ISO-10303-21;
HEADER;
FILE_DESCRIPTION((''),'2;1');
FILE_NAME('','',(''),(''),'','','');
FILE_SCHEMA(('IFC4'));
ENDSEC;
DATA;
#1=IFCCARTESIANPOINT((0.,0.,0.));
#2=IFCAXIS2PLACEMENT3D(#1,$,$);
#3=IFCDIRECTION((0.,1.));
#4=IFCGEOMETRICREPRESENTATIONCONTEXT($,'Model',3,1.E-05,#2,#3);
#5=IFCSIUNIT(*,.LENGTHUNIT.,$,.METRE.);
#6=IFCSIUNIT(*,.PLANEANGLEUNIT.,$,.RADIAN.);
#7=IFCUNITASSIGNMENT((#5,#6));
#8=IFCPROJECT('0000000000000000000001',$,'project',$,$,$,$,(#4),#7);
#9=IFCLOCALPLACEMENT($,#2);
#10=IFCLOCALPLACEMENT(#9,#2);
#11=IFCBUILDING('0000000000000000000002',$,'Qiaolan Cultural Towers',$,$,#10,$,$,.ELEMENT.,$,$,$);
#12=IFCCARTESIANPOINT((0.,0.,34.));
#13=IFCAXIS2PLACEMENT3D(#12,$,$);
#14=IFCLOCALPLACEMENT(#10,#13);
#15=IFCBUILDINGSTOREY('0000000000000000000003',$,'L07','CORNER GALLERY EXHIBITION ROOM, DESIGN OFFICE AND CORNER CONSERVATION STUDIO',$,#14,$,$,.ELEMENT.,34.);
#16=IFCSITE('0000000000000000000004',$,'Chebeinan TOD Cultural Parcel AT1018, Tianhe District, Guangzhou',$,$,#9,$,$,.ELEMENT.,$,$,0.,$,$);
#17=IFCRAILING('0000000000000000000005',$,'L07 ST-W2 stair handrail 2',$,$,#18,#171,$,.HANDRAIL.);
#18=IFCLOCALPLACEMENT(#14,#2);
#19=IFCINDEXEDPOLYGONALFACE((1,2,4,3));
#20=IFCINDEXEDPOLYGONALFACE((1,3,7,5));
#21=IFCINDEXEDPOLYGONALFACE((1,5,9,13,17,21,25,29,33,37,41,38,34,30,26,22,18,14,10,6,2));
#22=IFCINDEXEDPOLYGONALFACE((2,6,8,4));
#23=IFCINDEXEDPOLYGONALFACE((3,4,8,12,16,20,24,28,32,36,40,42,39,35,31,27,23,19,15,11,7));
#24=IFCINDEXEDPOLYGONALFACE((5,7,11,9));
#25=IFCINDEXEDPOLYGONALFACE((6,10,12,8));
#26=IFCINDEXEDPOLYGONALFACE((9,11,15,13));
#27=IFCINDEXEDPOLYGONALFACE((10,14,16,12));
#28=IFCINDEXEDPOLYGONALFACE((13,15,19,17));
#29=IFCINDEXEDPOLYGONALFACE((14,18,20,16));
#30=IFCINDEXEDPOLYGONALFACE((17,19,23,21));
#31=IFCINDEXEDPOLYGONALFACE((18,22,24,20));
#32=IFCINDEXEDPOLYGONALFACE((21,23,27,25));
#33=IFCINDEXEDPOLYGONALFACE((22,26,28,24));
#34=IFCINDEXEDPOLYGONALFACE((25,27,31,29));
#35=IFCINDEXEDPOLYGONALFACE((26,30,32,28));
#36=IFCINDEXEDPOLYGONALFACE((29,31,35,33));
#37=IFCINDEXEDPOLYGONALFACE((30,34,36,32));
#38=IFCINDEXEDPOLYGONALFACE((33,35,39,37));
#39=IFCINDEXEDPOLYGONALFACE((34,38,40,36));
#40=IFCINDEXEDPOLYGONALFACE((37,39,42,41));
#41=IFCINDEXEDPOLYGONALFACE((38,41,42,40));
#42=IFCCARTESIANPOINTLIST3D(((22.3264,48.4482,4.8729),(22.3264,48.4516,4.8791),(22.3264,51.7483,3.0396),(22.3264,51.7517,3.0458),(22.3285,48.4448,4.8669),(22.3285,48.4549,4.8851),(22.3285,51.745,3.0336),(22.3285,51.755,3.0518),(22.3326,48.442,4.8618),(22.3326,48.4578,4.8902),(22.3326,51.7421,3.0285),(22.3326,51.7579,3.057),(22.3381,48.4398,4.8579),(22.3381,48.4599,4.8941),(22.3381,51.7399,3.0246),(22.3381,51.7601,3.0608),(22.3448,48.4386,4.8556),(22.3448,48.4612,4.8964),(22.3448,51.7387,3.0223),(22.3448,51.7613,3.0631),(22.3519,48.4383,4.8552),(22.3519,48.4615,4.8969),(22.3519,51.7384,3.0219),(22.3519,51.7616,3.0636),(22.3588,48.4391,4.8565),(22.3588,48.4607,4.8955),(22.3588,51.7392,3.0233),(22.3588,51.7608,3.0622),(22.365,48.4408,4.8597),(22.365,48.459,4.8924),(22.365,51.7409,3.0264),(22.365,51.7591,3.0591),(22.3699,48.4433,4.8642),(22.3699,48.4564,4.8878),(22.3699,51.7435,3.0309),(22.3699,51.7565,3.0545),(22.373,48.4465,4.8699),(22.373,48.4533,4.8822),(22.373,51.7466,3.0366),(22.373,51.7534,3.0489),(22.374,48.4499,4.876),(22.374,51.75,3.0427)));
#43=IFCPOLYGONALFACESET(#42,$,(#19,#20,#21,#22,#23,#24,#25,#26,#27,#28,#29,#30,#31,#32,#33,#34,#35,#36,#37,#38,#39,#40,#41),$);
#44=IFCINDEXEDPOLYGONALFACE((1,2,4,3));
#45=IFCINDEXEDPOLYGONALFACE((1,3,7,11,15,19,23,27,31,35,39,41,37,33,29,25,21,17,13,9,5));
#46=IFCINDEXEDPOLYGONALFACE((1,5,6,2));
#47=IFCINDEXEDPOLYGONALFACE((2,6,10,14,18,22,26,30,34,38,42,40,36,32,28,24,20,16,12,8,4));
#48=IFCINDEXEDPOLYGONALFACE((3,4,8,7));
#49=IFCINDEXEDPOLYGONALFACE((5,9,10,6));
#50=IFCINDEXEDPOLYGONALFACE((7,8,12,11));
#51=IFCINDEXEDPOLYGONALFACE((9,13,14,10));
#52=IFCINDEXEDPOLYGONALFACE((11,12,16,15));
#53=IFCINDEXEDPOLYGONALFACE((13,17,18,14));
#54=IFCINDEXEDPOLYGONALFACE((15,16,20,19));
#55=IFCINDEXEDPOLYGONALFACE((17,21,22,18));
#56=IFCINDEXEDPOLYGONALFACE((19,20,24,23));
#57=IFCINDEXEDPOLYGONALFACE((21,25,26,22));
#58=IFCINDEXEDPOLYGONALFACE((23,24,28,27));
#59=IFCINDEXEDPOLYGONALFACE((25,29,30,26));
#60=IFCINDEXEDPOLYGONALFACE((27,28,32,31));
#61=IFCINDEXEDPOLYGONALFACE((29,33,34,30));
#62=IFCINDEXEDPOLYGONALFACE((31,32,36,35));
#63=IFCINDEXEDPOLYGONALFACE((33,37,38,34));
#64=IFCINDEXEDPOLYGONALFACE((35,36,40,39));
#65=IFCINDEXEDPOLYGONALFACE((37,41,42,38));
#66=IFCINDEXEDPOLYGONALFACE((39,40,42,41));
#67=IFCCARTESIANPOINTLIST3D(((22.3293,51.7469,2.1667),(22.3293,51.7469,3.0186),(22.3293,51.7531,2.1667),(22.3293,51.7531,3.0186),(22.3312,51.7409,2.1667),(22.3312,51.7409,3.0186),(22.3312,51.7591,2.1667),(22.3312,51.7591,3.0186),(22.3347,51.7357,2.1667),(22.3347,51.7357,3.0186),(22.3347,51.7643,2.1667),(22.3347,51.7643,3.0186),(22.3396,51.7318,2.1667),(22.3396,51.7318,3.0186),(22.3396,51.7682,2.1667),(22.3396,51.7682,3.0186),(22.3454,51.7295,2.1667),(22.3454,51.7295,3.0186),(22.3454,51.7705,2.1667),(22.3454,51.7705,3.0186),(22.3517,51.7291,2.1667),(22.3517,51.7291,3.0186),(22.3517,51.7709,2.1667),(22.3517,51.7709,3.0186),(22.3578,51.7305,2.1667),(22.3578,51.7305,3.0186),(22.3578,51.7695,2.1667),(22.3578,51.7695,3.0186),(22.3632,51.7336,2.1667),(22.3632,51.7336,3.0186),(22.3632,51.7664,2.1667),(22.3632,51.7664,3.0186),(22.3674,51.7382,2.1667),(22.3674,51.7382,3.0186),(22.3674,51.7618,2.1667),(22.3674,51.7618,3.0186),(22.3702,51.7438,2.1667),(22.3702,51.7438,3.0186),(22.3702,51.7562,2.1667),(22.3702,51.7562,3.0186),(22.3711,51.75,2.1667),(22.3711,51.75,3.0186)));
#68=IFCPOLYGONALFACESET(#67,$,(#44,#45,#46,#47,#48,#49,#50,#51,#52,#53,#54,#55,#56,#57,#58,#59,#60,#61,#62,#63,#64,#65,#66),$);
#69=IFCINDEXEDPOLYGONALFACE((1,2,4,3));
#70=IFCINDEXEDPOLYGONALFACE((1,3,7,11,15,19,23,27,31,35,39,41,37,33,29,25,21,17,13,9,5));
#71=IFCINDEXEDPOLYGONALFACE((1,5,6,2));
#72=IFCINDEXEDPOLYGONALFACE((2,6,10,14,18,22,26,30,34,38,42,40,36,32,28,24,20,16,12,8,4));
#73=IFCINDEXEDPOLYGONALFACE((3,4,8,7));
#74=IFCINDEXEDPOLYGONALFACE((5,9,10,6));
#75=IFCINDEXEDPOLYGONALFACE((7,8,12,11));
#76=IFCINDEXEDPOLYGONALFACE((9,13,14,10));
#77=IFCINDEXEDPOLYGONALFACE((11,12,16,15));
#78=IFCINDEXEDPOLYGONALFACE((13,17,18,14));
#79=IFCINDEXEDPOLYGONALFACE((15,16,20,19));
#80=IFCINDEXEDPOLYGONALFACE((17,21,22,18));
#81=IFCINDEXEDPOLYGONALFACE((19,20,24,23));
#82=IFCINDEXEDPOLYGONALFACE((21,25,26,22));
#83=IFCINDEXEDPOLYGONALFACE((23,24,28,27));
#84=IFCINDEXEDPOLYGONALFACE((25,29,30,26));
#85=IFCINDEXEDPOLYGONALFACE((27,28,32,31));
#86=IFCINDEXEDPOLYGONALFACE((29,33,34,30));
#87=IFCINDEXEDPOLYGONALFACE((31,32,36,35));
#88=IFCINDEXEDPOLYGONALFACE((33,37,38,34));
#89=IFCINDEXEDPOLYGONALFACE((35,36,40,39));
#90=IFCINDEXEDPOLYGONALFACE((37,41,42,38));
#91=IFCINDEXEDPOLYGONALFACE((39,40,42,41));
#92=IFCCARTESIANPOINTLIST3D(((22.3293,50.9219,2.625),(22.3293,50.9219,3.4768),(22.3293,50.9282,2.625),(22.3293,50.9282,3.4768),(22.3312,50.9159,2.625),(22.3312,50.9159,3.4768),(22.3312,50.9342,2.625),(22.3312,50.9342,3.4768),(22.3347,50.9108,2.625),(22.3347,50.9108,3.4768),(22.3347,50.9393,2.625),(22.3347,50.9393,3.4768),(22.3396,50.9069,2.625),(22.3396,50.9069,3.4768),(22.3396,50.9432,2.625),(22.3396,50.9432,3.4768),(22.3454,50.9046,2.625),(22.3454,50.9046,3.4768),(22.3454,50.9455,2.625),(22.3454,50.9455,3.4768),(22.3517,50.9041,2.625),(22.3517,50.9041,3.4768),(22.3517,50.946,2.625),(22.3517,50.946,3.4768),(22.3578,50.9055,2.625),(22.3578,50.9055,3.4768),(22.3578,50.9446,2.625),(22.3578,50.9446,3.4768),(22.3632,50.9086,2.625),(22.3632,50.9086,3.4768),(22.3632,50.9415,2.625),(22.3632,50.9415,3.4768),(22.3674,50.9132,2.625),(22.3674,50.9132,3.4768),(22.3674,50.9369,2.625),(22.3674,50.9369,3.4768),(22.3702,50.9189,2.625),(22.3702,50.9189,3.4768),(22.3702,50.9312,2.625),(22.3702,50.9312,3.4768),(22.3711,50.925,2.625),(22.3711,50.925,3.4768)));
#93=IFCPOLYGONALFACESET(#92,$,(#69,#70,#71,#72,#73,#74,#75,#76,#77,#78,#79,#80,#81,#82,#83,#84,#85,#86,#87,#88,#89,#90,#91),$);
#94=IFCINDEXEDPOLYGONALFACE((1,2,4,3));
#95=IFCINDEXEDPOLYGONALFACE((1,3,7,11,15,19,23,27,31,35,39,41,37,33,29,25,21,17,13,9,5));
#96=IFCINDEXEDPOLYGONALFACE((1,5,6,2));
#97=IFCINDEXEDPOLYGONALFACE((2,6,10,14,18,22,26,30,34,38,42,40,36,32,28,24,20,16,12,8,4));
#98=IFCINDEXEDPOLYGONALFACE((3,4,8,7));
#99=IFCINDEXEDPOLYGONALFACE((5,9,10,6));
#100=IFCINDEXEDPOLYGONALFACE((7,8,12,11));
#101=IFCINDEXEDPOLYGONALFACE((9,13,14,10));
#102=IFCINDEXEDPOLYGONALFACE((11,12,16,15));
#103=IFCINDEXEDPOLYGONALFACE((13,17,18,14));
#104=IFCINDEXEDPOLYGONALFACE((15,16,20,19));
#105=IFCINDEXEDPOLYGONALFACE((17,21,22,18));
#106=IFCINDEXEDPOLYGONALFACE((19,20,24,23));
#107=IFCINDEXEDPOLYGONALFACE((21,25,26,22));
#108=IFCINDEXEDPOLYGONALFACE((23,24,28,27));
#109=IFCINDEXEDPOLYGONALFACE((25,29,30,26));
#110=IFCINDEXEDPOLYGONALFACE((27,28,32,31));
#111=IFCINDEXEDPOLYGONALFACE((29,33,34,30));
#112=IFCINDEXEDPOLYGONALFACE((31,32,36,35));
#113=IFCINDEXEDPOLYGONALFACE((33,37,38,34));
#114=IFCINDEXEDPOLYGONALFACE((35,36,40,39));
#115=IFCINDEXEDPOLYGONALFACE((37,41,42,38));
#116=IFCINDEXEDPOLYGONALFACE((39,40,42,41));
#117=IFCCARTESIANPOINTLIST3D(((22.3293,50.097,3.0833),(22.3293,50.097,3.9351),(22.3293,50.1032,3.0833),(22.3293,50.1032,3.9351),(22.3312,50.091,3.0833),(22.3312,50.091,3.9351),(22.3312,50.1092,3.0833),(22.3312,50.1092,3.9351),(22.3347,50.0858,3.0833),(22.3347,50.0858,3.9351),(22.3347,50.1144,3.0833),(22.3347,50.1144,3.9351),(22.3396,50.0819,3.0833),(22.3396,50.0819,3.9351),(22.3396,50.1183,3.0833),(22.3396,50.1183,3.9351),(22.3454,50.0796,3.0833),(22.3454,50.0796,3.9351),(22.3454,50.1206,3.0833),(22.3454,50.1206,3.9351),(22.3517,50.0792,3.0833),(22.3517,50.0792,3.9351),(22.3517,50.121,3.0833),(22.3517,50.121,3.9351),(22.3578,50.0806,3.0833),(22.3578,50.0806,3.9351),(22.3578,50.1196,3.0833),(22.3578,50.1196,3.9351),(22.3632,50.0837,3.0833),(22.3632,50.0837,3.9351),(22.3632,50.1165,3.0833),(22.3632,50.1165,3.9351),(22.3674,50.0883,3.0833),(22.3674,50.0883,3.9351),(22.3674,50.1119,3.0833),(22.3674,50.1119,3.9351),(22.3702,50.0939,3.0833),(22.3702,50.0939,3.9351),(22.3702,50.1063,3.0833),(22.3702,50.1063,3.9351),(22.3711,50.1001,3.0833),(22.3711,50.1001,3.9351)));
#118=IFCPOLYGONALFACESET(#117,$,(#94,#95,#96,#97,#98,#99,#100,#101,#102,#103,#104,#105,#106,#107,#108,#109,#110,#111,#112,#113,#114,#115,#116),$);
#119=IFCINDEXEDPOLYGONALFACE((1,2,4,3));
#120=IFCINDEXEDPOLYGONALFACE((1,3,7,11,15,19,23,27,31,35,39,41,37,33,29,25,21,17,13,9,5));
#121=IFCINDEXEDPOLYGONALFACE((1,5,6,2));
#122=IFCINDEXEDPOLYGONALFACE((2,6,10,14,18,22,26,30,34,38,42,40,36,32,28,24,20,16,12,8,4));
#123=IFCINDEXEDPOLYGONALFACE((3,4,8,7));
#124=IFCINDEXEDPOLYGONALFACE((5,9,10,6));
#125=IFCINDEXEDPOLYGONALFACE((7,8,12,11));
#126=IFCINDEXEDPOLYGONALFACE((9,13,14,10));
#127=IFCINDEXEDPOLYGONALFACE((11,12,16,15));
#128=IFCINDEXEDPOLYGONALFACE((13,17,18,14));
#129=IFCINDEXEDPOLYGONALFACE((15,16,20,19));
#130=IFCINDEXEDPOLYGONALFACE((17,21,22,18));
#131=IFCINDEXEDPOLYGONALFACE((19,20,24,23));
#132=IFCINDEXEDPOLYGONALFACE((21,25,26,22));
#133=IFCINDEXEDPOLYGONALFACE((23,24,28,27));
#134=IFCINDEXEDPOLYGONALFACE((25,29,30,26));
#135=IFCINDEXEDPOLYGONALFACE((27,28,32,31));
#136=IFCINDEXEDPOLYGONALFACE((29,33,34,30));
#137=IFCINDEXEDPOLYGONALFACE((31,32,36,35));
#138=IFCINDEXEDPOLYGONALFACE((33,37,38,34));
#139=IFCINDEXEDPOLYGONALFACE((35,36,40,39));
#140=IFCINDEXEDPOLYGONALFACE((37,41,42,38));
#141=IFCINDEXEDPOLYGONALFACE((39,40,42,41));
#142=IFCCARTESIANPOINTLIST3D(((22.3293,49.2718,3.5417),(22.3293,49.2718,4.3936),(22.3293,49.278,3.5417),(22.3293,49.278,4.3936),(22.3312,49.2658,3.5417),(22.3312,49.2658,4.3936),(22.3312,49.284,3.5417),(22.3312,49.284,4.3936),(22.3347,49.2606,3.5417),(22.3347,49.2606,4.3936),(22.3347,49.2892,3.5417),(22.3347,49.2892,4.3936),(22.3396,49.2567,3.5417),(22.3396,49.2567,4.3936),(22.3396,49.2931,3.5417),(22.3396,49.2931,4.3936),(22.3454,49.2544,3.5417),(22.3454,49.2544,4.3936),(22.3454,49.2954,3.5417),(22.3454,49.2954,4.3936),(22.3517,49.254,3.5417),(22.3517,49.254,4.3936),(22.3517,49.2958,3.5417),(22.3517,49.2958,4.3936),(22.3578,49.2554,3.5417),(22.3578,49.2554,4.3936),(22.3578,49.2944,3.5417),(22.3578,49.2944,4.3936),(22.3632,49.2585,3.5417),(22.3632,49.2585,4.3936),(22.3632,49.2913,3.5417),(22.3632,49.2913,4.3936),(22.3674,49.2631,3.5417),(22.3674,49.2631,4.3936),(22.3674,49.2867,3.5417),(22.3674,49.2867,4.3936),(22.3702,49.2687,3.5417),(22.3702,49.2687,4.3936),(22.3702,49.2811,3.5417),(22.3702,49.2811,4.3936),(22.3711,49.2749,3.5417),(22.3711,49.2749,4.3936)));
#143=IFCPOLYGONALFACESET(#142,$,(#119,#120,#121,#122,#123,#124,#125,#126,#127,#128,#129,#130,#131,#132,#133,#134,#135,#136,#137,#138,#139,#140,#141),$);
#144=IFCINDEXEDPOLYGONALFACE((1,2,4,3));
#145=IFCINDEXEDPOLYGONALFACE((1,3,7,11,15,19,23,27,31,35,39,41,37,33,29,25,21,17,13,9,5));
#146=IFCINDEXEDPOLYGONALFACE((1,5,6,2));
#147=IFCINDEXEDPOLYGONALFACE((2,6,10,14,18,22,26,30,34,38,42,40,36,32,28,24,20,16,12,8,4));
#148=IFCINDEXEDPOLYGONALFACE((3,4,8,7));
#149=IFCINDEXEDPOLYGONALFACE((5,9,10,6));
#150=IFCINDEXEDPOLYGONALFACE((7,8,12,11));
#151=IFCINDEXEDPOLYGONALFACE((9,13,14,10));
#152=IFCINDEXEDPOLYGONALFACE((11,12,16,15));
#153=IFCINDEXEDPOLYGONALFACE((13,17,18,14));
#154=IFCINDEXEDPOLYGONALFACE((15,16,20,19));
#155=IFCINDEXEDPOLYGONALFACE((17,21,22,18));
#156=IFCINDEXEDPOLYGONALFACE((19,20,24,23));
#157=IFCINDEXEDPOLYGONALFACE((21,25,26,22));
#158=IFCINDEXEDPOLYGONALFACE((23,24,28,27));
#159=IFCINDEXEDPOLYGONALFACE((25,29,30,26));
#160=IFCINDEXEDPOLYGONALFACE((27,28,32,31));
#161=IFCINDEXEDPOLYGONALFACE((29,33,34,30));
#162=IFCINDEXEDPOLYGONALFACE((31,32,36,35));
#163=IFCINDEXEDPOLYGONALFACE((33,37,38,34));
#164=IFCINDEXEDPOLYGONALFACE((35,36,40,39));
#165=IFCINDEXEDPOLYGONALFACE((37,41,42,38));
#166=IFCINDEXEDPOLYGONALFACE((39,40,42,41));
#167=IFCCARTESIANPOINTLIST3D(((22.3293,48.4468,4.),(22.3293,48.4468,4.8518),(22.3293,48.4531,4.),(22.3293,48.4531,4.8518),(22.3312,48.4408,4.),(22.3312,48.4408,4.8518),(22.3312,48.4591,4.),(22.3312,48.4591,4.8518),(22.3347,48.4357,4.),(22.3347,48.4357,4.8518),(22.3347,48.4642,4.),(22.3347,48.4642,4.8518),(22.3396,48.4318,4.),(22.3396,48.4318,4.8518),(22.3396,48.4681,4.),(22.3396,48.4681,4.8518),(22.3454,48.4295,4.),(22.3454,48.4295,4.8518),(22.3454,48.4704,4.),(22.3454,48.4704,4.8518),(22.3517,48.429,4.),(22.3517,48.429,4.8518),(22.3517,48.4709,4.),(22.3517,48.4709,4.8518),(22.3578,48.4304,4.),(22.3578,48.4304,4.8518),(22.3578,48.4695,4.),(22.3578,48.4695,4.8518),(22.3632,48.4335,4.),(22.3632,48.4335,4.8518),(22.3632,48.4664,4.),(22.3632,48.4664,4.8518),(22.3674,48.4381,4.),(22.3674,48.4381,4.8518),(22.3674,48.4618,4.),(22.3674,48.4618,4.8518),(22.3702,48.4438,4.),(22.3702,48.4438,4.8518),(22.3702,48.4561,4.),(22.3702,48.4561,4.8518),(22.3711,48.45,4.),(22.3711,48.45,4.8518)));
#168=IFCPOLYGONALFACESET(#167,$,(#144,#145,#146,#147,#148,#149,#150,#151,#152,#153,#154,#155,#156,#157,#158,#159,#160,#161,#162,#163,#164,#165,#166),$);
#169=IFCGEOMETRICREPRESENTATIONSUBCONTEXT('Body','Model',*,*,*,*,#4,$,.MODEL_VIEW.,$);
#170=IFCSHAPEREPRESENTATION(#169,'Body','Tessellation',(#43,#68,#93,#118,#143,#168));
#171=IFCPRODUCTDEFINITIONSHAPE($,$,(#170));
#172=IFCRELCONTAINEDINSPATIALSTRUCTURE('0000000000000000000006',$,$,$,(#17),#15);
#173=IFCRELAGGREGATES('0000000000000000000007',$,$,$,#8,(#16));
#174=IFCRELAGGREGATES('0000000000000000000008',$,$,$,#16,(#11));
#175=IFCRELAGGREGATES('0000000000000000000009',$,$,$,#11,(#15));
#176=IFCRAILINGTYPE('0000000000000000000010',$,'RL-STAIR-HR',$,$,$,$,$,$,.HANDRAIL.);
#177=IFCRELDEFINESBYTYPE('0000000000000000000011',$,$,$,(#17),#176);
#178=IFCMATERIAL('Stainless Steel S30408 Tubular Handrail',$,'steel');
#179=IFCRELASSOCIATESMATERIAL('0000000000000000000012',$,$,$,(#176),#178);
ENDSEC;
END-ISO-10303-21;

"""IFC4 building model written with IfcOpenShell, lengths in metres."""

from ifc_helpers import new_model, si_unit, direction, frame, origin, origin_2d, place, context, subcontext, project, spatial, circle, extrude, material, type_object, element, save


model = new_model("IFC4")

# Units and contexts
model_context = context("Model", 3, precision=1e-05, world=origin(), true_north=direction((0.0, 1.0)))
body_context = subcontext(model_context, "Body", "Model", "MODEL_VIEW")
ifc_project = project(units=[si_unit("LENGTHUNIT", "METRE"), si_unit("PLANEANGLEUNIT", "RADIAN")], contexts=[model_context])

# Site, building, storey
site_placement = place(None, origin())
site = spatial("IfcSite", under=ifc_project, at=site_placement, Name="Chebeinan TOD Cultural Parcel AT1018, Tianhe District, Guangzhou", CompositionType="ELEMENT", RefElevation=0.0)
building_placement = place(site_placement, origin())
building = spatial("IfcBuilding", under=site, at=building_placement, Name="Qiaolan Cultural Towers", CompositionType="ELEMENT")
storey_placement = place(building_placement, frame((0.0, 0.0, 34.0)))
storey = spatial("IfcBuildingStorey", under=building, at=storey_placement, Name="L07", Description="CORNER GALLERY EXHIBITION ROOM, DESIGN OFFICE AND CORNER CONSERVATION STUDIO", CompositionType="ELEMENT", Elevation=34.0)

# Railing
ifc_material_1 = material(Name="Stainless Steel S30408 Tubular Handrail", Category="steel")
railing_type_1 = type_object("IfcRailingType", Name="RL-STAIR-HR", PredefinedType="HANDRAIL", material=ifc_material_1)
railing_1_placement = place(storey_placement, frame((22.3501, 51.75, 2.1667)))
element("IfcRailing", 1, at=railing_1_placement, inside=storey, type_object=railing_type_1, Name="L07 ST-W2 stair handrail 2", PredefinedType="HANDRAIL", context=body_context, shape_type="SweptSolid", body=[
    extrude(circle(Radius=0.0239, at=origin_2d()), frame((0.0, 0.0, 0.876), z_axis=(0.0, -0.874169, 0.485621), x_axis=(1.0, 0.0, 0.0)), (0.0, 0.0, 1.0), 3.7751),
    extrude(circle(Radius=0.021, at=origin_2d()), origin(), (0.0, 0.0, 1.0), 0.8518),
    extrude(circle(Radius=0.021, at=origin_2d()), frame((0.0, -0.825, 0.4583)), (0.0, 0.0, 1.0), 0.8518),
    extrude(circle(Radius=0.021, at=origin_2d()), frame((0.0, -1.6499, 0.9165)), (0.0, 0.0, 1.0), 0.8518),
    extrude(circle(Radius=0.021, at=origin_2d()), frame((0.0, -2.4751, 1.375)), (0.0, 0.0, 1.0), 0.8518),
    extrude(circle(Radius=0.021, at=origin_2d()), frame((0.0, -3.3, 1.8333)), (0.0, 0.0, 1.0), 0.8518),
])

save(model, "model.ifc")
